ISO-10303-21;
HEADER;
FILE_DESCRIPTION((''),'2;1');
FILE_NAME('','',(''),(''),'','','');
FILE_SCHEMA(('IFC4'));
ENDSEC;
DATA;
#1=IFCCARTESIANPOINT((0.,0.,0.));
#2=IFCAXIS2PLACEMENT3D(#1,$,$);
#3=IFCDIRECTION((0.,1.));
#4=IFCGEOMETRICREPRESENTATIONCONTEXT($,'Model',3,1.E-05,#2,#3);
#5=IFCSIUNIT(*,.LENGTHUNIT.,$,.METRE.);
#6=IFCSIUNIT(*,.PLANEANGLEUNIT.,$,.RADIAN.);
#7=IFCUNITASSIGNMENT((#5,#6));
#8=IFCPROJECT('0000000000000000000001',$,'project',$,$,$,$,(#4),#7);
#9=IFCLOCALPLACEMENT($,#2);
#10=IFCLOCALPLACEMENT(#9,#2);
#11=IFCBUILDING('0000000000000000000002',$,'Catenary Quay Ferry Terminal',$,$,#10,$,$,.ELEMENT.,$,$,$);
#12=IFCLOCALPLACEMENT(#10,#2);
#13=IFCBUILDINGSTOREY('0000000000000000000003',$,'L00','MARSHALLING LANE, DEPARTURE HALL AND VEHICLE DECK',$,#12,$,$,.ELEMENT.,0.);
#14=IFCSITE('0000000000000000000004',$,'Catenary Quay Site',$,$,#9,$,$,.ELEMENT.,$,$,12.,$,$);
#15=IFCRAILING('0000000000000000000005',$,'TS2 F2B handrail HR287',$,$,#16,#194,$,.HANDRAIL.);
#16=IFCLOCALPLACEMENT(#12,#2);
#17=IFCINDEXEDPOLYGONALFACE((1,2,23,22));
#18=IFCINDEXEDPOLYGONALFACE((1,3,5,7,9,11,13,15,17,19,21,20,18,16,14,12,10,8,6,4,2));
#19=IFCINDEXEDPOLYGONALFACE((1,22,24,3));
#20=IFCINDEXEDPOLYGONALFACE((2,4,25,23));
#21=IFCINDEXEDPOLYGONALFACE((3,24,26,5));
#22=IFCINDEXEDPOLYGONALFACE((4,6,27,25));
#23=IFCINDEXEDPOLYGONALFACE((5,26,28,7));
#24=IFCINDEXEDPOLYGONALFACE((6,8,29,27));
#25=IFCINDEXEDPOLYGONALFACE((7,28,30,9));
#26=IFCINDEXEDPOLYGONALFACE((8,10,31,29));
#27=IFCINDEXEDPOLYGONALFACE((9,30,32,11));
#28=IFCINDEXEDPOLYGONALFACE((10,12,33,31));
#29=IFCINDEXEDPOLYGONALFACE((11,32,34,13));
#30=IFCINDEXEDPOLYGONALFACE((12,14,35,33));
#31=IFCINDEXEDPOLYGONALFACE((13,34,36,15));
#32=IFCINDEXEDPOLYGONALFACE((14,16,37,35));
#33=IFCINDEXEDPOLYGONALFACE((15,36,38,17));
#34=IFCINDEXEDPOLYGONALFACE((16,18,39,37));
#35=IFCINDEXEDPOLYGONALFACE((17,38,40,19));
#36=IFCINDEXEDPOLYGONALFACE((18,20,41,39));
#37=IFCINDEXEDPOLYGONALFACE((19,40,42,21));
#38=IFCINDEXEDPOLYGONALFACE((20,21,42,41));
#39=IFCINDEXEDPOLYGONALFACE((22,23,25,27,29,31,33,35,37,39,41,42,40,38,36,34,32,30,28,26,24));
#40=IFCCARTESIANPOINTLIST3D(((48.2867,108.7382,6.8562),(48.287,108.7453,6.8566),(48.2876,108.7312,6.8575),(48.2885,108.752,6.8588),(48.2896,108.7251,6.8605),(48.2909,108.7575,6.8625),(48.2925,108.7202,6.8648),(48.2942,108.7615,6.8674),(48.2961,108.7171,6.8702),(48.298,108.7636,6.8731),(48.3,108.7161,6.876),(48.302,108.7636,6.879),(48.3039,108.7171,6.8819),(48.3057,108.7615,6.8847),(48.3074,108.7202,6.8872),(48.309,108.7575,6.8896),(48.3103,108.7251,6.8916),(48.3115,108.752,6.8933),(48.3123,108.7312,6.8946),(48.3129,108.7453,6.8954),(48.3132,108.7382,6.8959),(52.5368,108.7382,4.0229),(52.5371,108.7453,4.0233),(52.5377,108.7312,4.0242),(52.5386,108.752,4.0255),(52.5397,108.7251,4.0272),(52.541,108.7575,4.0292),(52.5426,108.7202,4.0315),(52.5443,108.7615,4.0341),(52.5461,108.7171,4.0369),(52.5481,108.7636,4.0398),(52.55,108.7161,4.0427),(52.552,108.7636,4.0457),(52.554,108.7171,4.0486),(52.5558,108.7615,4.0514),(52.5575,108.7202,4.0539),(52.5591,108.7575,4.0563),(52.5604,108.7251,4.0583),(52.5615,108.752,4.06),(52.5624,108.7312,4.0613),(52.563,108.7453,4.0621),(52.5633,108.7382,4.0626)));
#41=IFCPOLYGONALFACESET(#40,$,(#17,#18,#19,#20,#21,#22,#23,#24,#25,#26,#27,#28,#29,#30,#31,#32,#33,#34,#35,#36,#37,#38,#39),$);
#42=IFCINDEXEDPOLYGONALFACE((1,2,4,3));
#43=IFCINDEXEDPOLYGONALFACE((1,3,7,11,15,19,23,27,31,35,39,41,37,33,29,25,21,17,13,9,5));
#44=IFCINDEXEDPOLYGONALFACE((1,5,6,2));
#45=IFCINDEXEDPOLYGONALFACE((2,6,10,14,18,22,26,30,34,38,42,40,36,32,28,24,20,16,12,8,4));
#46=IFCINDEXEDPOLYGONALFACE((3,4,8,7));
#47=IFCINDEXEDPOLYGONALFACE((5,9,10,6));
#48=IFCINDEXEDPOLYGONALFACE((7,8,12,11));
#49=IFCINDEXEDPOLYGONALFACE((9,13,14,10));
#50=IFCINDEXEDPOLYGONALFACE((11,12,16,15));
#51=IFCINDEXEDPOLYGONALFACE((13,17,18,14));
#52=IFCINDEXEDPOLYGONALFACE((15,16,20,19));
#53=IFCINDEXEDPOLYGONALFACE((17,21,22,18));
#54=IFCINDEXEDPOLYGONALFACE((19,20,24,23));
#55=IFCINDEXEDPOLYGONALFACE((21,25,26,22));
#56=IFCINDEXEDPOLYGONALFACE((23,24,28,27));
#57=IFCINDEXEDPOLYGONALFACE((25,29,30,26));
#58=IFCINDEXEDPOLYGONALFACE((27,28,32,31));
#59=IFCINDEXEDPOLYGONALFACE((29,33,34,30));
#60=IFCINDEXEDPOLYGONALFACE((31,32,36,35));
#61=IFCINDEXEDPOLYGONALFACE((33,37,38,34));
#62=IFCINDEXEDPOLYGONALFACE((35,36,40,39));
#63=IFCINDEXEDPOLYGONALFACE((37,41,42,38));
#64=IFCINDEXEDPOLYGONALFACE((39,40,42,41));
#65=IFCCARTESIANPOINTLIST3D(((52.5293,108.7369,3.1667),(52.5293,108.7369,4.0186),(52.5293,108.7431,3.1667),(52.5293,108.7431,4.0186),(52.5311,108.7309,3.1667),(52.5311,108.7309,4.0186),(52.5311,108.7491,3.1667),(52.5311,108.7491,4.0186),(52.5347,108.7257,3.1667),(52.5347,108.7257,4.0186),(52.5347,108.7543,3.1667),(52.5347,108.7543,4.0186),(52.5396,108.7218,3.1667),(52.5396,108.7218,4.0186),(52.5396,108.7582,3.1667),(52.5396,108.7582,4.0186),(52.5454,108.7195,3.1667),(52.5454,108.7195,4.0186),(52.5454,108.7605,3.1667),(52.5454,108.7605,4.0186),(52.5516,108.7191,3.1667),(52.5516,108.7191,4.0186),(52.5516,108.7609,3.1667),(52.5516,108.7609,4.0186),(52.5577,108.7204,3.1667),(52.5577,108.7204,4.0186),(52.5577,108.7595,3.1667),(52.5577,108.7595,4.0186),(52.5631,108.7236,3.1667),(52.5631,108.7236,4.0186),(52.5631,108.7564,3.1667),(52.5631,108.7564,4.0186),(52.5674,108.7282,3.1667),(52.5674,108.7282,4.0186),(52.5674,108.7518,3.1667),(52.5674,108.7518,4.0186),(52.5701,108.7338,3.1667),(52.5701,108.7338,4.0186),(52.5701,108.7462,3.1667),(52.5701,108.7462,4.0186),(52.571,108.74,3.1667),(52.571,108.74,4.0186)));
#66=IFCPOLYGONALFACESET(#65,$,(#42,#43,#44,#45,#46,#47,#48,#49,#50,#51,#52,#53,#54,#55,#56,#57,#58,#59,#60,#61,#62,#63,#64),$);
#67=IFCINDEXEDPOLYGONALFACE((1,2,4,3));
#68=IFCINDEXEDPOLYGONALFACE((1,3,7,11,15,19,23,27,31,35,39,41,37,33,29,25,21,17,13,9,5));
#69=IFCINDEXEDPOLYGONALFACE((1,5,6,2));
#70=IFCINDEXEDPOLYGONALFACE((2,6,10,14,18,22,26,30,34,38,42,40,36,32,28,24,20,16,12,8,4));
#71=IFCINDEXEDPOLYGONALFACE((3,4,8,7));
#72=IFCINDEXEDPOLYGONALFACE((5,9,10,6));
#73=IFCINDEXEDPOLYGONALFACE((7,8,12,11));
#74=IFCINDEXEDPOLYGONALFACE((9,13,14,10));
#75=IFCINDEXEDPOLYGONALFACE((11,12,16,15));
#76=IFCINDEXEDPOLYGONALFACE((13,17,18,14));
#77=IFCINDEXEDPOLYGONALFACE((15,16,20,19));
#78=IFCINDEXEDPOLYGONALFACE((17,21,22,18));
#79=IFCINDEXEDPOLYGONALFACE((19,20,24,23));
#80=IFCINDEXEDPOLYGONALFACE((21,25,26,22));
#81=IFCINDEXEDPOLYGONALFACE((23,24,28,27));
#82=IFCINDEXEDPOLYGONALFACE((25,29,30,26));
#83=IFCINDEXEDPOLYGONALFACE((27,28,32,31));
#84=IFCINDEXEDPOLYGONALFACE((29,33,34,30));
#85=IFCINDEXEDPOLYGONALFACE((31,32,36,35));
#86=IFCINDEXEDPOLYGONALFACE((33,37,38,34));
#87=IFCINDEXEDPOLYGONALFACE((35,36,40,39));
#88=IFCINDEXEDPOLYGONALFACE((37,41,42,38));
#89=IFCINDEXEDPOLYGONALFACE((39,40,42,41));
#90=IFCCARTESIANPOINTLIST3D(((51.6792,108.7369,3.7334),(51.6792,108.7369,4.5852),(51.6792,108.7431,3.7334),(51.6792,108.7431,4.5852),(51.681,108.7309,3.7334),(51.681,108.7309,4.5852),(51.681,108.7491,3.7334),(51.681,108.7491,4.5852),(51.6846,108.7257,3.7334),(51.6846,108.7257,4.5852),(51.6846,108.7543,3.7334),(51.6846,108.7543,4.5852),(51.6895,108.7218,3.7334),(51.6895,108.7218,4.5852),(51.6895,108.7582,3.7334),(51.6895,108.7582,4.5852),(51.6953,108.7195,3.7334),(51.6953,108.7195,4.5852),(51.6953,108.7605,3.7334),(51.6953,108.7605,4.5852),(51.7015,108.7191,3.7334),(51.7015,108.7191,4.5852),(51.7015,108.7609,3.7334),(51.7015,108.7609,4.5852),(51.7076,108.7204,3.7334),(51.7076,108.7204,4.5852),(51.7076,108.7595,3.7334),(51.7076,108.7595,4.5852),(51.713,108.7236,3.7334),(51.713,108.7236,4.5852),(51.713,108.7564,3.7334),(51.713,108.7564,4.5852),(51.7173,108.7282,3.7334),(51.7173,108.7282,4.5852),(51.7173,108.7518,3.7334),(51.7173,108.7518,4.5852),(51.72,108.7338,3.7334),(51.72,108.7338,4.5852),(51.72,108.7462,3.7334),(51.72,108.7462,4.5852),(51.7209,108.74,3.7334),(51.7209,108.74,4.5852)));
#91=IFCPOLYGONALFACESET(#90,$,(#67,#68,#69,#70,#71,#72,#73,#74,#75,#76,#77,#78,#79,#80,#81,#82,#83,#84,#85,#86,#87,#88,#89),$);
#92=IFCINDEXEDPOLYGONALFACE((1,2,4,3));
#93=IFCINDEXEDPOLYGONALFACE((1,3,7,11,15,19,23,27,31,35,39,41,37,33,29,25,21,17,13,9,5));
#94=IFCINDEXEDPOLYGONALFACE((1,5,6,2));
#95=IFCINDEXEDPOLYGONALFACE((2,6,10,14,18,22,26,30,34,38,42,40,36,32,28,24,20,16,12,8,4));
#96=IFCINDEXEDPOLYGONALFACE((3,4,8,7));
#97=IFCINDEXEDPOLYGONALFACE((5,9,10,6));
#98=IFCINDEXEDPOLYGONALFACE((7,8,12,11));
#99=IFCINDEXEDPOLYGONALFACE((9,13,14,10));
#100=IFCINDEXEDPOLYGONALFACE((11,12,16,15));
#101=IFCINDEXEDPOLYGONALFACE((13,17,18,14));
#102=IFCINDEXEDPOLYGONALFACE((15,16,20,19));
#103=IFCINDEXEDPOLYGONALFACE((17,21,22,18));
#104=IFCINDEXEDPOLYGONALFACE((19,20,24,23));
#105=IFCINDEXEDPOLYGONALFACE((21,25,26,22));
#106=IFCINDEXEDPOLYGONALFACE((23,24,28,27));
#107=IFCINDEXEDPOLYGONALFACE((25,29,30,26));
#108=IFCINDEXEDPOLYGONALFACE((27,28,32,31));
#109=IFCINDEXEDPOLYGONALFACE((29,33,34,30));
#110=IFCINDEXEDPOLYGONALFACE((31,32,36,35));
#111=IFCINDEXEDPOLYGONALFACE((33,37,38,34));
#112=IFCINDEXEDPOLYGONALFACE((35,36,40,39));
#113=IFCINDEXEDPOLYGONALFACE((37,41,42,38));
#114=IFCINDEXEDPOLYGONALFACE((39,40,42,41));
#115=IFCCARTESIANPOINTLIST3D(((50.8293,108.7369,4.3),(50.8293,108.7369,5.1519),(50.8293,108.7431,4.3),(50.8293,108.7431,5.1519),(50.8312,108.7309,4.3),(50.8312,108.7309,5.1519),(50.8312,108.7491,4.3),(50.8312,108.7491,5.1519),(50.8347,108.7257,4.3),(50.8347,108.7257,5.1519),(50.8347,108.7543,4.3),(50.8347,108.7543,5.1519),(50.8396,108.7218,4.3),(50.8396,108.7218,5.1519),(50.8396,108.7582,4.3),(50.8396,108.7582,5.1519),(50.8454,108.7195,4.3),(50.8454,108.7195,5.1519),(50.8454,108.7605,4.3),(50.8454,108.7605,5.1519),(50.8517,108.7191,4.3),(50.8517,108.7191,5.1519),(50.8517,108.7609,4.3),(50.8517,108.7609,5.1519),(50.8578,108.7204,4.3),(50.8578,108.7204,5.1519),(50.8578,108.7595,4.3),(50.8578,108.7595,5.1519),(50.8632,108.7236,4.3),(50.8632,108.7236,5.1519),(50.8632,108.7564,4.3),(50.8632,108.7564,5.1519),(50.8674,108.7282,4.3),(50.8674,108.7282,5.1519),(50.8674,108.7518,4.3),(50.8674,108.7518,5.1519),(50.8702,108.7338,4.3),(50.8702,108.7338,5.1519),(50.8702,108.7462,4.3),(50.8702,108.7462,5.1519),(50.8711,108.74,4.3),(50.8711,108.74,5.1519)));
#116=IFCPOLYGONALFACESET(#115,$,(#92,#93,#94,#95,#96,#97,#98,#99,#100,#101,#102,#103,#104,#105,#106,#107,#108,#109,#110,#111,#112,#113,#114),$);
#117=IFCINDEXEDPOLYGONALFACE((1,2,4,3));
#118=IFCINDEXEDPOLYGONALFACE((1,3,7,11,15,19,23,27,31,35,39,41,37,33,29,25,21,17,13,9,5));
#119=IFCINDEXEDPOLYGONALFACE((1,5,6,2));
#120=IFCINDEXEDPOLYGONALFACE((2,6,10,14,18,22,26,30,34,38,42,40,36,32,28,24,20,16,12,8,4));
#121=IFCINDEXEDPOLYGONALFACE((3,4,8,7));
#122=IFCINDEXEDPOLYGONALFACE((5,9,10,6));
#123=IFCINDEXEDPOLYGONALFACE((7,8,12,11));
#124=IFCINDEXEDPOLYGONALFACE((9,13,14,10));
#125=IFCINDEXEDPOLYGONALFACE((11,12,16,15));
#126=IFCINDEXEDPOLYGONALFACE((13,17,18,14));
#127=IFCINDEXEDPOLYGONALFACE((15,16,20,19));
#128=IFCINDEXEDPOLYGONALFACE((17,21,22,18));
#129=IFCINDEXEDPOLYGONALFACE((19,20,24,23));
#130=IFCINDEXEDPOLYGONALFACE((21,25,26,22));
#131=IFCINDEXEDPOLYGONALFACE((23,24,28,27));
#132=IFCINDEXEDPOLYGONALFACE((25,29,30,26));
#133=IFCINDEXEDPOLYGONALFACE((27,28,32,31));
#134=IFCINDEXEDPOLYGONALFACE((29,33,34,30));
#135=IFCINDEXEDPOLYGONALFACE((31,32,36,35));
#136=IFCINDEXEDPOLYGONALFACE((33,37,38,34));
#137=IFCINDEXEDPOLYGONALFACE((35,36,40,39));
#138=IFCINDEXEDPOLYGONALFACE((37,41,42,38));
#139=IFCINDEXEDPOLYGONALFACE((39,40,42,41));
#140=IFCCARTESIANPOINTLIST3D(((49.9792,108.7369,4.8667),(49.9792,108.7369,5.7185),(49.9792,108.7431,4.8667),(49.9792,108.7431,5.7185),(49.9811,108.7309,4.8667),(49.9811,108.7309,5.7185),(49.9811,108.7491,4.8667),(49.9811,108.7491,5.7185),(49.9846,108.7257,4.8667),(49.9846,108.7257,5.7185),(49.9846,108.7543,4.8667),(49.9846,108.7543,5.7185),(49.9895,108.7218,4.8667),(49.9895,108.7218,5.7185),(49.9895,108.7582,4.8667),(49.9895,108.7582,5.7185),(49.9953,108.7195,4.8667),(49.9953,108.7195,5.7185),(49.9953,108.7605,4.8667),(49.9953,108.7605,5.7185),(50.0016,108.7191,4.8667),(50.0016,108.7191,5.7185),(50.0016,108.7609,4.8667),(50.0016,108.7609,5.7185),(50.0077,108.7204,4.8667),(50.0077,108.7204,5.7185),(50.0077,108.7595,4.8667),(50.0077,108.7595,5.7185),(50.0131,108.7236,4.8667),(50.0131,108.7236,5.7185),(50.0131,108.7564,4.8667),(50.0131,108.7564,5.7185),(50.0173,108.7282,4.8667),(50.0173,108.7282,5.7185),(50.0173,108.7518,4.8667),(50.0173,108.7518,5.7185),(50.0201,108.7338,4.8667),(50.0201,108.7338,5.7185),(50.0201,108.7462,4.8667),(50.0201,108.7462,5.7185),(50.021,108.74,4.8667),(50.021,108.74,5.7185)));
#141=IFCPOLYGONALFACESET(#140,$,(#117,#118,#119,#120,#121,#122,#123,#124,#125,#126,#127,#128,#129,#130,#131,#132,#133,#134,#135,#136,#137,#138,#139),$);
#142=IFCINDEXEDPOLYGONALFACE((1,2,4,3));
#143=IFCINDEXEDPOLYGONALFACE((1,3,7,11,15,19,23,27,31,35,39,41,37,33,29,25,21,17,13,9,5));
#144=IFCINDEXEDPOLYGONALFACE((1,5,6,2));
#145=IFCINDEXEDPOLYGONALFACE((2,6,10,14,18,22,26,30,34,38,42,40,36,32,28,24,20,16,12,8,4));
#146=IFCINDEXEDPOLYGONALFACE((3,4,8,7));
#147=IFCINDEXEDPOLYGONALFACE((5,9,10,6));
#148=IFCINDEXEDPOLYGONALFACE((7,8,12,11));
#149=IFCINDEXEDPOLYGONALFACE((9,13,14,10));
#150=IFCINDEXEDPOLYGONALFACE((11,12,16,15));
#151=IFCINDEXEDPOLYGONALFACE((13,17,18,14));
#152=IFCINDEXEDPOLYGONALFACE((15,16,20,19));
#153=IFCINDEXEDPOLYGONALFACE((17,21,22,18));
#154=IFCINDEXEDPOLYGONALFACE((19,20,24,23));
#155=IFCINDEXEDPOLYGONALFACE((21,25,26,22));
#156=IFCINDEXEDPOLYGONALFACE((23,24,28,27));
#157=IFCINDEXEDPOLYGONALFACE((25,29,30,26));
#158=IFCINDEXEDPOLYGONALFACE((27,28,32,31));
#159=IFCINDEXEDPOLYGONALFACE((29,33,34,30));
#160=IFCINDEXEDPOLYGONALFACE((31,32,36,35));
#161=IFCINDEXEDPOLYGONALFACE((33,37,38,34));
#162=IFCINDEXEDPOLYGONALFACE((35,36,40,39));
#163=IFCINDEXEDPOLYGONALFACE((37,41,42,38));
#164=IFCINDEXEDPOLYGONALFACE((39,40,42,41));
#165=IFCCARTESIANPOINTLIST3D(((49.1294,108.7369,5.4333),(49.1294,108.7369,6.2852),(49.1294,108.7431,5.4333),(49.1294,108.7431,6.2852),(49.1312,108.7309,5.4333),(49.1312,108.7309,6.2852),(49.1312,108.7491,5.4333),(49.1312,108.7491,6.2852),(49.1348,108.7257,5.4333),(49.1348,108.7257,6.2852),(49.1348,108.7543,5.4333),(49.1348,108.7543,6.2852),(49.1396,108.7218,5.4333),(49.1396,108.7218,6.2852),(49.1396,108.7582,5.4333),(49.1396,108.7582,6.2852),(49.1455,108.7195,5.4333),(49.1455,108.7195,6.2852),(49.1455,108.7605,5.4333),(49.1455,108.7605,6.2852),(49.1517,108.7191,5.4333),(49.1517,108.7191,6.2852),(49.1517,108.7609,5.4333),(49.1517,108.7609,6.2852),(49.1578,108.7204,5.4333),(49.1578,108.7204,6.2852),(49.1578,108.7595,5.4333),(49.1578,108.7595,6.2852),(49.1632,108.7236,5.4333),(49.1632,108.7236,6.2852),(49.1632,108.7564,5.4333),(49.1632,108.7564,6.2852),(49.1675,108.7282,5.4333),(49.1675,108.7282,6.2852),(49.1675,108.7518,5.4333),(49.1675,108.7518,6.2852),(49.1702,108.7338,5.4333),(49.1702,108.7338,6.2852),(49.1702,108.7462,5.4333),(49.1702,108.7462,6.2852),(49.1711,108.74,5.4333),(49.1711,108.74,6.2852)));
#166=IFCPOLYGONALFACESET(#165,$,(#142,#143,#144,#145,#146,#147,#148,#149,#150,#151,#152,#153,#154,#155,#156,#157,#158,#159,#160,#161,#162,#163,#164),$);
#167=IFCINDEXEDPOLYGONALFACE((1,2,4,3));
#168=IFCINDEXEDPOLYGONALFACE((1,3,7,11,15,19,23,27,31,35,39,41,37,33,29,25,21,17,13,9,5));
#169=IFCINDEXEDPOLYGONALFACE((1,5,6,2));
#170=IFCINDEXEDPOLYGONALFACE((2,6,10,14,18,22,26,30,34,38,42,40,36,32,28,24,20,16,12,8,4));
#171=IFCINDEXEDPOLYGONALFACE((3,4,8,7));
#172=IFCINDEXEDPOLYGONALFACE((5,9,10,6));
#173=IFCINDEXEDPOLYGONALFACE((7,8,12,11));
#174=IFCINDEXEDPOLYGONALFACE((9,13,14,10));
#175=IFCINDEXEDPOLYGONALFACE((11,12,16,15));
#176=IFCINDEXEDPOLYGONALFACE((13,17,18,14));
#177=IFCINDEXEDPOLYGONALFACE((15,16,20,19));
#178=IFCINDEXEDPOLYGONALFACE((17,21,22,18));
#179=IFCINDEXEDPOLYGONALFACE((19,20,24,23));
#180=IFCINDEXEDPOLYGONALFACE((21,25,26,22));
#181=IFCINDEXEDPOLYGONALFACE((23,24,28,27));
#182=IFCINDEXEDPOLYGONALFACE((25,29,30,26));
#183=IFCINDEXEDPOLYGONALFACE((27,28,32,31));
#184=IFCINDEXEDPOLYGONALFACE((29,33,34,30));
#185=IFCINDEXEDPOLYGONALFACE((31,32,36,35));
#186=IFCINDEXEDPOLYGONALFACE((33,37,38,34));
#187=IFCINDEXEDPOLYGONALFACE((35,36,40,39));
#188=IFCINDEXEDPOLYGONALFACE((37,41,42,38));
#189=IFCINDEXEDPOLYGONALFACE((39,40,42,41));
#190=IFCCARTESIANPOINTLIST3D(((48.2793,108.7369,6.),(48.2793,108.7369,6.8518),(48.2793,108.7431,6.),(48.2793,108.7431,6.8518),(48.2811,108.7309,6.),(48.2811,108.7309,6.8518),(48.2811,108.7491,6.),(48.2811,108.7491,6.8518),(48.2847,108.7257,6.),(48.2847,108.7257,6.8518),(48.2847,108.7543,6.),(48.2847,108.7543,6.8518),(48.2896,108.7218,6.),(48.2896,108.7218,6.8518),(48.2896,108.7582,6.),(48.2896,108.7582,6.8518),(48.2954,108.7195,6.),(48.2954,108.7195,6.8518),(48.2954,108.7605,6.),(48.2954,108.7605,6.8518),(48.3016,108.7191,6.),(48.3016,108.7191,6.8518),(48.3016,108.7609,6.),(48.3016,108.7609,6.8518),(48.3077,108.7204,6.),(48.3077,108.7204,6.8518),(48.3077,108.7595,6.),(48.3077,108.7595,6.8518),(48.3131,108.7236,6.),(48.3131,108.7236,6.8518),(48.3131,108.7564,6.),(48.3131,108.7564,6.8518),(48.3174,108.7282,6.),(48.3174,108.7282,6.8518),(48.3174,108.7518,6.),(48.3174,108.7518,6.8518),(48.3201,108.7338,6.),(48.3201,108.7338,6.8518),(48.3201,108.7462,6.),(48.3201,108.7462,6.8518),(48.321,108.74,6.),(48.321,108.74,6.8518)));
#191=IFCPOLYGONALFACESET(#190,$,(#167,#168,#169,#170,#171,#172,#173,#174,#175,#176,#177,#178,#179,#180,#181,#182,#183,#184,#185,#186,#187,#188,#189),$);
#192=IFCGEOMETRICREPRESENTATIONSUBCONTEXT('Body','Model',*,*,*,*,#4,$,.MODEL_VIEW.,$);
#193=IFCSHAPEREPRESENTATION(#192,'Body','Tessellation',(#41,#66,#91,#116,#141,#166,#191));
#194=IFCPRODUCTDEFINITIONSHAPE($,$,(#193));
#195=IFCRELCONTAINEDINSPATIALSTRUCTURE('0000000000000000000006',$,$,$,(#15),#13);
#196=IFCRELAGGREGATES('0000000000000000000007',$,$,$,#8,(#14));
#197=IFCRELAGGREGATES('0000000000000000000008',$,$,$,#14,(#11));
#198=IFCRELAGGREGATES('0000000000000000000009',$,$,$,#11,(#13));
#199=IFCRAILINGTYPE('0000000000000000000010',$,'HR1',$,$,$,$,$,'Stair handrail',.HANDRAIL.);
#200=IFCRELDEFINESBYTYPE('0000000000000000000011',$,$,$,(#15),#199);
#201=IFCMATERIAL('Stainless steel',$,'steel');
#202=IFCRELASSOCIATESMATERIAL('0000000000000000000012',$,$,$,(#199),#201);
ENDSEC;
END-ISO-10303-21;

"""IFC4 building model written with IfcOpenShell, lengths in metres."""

from ifc_helpers import new_model, si_unit, direction, frame, origin, origin_2d, place, context, subcontext, project, spatial, circle, extrude, material, type_object, element, save


model = new_model("IFC4")

# Units and contexts
model_context = context("Model", 3, precision=1e-05, world=origin(), true_north=direction((0.0, 1.0)))
body_context = subcontext(model_context, "Body", "Model", "MODEL_VIEW")
ifc_project = project(units=[si_unit("LENGTHUNIT", "METRE"), si_unit("PLANEANGLEUNIT", "RADIAN")], contexts=[model_context])

# Site, building, storey
site_placement = place(None, origin())
site = spatial("IfcSite", under=ifc_project, at=site_placement, Name="Catenary Quay Site", CompositionType="ELEMENT", RefElevation=12.0)
building_placement = place(site_placement, origin())
building = spatial("IfcBuilding", under=site, at=building_placement, Name="Catenary Quay Ferry Terminal", CompositionType="ELEMENT")
storey_placement = place(building_placement, origin())
storey = spatial("IfcBuildingStorey", under=building, at=storey_placement, Name="L00", Description="MARSHALLING LANE, DEPARTURE HALL AND VEHICLE DECK", CompositionType="ELEMENT", Elevation=0.0)

# Railing
ifc_material_1 = material(Name="Stainless steel", Category="steel")
railing_type_1 = type_object("IfcRailingType", Name="HR1", ElementType="Stair handrail", PredefinedType="HANDRAIL", material=ifc_material_1)
for number, where, name in (
    (1, (52.55, 108.74, 3.1667), "TS2 F2B handrail HR287"),
):
    element("IfcRailing", number, at=place(storey_placement, frame(where)), inside=storey, type_object=railing_type_1, Name=name, PredefinedType="HANDRAIL", context=body_context, shape_type="SweptSolid", body=[
        extrude(circle(Radius=0.0239, at=origin_2d()), frame((0.0, 0.0, 0.876), z_axis=(-0.832058, 0.0, 0.554689), x_axis=(0.0, -1.0, 0.0)), (0.0, 0.0, 1.0), 5.1079),
        extrude(circle(Radius=0.021, at=origin_2d()), origin(), (0.0, 0.0, 1.0), 0.8518),
        extrude(circle(Radius=0.021, at=origin_2d()), frame((-0.8501, 0.0, 0.5667)), (0.0, 0.0, 1.0), 0.8518),
        extrude(circle(Radius=0.021, at=origin_2d()), frame((-1.7, 0.0, 1.1333)), (0.0, 0.0, 1.0), 0.8518),
        extrude(circle(Radius=0.021, at=origin_2d()), frame((-2.55, 0.0, 1.7)), (0.0, 0.0, 1.0), 0.8518),
        extrude(circle(Radius=0.021, at=origin_2d()), frame((-3.3999, 0.0, 2.2666)), (0.0, 0.0, 1.0), 0.8518),
        extrude(circle(Radius=0.021, at=origin_2d()), frame((-4.25, 0.0, 2.8333)), (0.0, 0.0, 1.0), 0.8518),
    ])

save(model, "model.ifc")
